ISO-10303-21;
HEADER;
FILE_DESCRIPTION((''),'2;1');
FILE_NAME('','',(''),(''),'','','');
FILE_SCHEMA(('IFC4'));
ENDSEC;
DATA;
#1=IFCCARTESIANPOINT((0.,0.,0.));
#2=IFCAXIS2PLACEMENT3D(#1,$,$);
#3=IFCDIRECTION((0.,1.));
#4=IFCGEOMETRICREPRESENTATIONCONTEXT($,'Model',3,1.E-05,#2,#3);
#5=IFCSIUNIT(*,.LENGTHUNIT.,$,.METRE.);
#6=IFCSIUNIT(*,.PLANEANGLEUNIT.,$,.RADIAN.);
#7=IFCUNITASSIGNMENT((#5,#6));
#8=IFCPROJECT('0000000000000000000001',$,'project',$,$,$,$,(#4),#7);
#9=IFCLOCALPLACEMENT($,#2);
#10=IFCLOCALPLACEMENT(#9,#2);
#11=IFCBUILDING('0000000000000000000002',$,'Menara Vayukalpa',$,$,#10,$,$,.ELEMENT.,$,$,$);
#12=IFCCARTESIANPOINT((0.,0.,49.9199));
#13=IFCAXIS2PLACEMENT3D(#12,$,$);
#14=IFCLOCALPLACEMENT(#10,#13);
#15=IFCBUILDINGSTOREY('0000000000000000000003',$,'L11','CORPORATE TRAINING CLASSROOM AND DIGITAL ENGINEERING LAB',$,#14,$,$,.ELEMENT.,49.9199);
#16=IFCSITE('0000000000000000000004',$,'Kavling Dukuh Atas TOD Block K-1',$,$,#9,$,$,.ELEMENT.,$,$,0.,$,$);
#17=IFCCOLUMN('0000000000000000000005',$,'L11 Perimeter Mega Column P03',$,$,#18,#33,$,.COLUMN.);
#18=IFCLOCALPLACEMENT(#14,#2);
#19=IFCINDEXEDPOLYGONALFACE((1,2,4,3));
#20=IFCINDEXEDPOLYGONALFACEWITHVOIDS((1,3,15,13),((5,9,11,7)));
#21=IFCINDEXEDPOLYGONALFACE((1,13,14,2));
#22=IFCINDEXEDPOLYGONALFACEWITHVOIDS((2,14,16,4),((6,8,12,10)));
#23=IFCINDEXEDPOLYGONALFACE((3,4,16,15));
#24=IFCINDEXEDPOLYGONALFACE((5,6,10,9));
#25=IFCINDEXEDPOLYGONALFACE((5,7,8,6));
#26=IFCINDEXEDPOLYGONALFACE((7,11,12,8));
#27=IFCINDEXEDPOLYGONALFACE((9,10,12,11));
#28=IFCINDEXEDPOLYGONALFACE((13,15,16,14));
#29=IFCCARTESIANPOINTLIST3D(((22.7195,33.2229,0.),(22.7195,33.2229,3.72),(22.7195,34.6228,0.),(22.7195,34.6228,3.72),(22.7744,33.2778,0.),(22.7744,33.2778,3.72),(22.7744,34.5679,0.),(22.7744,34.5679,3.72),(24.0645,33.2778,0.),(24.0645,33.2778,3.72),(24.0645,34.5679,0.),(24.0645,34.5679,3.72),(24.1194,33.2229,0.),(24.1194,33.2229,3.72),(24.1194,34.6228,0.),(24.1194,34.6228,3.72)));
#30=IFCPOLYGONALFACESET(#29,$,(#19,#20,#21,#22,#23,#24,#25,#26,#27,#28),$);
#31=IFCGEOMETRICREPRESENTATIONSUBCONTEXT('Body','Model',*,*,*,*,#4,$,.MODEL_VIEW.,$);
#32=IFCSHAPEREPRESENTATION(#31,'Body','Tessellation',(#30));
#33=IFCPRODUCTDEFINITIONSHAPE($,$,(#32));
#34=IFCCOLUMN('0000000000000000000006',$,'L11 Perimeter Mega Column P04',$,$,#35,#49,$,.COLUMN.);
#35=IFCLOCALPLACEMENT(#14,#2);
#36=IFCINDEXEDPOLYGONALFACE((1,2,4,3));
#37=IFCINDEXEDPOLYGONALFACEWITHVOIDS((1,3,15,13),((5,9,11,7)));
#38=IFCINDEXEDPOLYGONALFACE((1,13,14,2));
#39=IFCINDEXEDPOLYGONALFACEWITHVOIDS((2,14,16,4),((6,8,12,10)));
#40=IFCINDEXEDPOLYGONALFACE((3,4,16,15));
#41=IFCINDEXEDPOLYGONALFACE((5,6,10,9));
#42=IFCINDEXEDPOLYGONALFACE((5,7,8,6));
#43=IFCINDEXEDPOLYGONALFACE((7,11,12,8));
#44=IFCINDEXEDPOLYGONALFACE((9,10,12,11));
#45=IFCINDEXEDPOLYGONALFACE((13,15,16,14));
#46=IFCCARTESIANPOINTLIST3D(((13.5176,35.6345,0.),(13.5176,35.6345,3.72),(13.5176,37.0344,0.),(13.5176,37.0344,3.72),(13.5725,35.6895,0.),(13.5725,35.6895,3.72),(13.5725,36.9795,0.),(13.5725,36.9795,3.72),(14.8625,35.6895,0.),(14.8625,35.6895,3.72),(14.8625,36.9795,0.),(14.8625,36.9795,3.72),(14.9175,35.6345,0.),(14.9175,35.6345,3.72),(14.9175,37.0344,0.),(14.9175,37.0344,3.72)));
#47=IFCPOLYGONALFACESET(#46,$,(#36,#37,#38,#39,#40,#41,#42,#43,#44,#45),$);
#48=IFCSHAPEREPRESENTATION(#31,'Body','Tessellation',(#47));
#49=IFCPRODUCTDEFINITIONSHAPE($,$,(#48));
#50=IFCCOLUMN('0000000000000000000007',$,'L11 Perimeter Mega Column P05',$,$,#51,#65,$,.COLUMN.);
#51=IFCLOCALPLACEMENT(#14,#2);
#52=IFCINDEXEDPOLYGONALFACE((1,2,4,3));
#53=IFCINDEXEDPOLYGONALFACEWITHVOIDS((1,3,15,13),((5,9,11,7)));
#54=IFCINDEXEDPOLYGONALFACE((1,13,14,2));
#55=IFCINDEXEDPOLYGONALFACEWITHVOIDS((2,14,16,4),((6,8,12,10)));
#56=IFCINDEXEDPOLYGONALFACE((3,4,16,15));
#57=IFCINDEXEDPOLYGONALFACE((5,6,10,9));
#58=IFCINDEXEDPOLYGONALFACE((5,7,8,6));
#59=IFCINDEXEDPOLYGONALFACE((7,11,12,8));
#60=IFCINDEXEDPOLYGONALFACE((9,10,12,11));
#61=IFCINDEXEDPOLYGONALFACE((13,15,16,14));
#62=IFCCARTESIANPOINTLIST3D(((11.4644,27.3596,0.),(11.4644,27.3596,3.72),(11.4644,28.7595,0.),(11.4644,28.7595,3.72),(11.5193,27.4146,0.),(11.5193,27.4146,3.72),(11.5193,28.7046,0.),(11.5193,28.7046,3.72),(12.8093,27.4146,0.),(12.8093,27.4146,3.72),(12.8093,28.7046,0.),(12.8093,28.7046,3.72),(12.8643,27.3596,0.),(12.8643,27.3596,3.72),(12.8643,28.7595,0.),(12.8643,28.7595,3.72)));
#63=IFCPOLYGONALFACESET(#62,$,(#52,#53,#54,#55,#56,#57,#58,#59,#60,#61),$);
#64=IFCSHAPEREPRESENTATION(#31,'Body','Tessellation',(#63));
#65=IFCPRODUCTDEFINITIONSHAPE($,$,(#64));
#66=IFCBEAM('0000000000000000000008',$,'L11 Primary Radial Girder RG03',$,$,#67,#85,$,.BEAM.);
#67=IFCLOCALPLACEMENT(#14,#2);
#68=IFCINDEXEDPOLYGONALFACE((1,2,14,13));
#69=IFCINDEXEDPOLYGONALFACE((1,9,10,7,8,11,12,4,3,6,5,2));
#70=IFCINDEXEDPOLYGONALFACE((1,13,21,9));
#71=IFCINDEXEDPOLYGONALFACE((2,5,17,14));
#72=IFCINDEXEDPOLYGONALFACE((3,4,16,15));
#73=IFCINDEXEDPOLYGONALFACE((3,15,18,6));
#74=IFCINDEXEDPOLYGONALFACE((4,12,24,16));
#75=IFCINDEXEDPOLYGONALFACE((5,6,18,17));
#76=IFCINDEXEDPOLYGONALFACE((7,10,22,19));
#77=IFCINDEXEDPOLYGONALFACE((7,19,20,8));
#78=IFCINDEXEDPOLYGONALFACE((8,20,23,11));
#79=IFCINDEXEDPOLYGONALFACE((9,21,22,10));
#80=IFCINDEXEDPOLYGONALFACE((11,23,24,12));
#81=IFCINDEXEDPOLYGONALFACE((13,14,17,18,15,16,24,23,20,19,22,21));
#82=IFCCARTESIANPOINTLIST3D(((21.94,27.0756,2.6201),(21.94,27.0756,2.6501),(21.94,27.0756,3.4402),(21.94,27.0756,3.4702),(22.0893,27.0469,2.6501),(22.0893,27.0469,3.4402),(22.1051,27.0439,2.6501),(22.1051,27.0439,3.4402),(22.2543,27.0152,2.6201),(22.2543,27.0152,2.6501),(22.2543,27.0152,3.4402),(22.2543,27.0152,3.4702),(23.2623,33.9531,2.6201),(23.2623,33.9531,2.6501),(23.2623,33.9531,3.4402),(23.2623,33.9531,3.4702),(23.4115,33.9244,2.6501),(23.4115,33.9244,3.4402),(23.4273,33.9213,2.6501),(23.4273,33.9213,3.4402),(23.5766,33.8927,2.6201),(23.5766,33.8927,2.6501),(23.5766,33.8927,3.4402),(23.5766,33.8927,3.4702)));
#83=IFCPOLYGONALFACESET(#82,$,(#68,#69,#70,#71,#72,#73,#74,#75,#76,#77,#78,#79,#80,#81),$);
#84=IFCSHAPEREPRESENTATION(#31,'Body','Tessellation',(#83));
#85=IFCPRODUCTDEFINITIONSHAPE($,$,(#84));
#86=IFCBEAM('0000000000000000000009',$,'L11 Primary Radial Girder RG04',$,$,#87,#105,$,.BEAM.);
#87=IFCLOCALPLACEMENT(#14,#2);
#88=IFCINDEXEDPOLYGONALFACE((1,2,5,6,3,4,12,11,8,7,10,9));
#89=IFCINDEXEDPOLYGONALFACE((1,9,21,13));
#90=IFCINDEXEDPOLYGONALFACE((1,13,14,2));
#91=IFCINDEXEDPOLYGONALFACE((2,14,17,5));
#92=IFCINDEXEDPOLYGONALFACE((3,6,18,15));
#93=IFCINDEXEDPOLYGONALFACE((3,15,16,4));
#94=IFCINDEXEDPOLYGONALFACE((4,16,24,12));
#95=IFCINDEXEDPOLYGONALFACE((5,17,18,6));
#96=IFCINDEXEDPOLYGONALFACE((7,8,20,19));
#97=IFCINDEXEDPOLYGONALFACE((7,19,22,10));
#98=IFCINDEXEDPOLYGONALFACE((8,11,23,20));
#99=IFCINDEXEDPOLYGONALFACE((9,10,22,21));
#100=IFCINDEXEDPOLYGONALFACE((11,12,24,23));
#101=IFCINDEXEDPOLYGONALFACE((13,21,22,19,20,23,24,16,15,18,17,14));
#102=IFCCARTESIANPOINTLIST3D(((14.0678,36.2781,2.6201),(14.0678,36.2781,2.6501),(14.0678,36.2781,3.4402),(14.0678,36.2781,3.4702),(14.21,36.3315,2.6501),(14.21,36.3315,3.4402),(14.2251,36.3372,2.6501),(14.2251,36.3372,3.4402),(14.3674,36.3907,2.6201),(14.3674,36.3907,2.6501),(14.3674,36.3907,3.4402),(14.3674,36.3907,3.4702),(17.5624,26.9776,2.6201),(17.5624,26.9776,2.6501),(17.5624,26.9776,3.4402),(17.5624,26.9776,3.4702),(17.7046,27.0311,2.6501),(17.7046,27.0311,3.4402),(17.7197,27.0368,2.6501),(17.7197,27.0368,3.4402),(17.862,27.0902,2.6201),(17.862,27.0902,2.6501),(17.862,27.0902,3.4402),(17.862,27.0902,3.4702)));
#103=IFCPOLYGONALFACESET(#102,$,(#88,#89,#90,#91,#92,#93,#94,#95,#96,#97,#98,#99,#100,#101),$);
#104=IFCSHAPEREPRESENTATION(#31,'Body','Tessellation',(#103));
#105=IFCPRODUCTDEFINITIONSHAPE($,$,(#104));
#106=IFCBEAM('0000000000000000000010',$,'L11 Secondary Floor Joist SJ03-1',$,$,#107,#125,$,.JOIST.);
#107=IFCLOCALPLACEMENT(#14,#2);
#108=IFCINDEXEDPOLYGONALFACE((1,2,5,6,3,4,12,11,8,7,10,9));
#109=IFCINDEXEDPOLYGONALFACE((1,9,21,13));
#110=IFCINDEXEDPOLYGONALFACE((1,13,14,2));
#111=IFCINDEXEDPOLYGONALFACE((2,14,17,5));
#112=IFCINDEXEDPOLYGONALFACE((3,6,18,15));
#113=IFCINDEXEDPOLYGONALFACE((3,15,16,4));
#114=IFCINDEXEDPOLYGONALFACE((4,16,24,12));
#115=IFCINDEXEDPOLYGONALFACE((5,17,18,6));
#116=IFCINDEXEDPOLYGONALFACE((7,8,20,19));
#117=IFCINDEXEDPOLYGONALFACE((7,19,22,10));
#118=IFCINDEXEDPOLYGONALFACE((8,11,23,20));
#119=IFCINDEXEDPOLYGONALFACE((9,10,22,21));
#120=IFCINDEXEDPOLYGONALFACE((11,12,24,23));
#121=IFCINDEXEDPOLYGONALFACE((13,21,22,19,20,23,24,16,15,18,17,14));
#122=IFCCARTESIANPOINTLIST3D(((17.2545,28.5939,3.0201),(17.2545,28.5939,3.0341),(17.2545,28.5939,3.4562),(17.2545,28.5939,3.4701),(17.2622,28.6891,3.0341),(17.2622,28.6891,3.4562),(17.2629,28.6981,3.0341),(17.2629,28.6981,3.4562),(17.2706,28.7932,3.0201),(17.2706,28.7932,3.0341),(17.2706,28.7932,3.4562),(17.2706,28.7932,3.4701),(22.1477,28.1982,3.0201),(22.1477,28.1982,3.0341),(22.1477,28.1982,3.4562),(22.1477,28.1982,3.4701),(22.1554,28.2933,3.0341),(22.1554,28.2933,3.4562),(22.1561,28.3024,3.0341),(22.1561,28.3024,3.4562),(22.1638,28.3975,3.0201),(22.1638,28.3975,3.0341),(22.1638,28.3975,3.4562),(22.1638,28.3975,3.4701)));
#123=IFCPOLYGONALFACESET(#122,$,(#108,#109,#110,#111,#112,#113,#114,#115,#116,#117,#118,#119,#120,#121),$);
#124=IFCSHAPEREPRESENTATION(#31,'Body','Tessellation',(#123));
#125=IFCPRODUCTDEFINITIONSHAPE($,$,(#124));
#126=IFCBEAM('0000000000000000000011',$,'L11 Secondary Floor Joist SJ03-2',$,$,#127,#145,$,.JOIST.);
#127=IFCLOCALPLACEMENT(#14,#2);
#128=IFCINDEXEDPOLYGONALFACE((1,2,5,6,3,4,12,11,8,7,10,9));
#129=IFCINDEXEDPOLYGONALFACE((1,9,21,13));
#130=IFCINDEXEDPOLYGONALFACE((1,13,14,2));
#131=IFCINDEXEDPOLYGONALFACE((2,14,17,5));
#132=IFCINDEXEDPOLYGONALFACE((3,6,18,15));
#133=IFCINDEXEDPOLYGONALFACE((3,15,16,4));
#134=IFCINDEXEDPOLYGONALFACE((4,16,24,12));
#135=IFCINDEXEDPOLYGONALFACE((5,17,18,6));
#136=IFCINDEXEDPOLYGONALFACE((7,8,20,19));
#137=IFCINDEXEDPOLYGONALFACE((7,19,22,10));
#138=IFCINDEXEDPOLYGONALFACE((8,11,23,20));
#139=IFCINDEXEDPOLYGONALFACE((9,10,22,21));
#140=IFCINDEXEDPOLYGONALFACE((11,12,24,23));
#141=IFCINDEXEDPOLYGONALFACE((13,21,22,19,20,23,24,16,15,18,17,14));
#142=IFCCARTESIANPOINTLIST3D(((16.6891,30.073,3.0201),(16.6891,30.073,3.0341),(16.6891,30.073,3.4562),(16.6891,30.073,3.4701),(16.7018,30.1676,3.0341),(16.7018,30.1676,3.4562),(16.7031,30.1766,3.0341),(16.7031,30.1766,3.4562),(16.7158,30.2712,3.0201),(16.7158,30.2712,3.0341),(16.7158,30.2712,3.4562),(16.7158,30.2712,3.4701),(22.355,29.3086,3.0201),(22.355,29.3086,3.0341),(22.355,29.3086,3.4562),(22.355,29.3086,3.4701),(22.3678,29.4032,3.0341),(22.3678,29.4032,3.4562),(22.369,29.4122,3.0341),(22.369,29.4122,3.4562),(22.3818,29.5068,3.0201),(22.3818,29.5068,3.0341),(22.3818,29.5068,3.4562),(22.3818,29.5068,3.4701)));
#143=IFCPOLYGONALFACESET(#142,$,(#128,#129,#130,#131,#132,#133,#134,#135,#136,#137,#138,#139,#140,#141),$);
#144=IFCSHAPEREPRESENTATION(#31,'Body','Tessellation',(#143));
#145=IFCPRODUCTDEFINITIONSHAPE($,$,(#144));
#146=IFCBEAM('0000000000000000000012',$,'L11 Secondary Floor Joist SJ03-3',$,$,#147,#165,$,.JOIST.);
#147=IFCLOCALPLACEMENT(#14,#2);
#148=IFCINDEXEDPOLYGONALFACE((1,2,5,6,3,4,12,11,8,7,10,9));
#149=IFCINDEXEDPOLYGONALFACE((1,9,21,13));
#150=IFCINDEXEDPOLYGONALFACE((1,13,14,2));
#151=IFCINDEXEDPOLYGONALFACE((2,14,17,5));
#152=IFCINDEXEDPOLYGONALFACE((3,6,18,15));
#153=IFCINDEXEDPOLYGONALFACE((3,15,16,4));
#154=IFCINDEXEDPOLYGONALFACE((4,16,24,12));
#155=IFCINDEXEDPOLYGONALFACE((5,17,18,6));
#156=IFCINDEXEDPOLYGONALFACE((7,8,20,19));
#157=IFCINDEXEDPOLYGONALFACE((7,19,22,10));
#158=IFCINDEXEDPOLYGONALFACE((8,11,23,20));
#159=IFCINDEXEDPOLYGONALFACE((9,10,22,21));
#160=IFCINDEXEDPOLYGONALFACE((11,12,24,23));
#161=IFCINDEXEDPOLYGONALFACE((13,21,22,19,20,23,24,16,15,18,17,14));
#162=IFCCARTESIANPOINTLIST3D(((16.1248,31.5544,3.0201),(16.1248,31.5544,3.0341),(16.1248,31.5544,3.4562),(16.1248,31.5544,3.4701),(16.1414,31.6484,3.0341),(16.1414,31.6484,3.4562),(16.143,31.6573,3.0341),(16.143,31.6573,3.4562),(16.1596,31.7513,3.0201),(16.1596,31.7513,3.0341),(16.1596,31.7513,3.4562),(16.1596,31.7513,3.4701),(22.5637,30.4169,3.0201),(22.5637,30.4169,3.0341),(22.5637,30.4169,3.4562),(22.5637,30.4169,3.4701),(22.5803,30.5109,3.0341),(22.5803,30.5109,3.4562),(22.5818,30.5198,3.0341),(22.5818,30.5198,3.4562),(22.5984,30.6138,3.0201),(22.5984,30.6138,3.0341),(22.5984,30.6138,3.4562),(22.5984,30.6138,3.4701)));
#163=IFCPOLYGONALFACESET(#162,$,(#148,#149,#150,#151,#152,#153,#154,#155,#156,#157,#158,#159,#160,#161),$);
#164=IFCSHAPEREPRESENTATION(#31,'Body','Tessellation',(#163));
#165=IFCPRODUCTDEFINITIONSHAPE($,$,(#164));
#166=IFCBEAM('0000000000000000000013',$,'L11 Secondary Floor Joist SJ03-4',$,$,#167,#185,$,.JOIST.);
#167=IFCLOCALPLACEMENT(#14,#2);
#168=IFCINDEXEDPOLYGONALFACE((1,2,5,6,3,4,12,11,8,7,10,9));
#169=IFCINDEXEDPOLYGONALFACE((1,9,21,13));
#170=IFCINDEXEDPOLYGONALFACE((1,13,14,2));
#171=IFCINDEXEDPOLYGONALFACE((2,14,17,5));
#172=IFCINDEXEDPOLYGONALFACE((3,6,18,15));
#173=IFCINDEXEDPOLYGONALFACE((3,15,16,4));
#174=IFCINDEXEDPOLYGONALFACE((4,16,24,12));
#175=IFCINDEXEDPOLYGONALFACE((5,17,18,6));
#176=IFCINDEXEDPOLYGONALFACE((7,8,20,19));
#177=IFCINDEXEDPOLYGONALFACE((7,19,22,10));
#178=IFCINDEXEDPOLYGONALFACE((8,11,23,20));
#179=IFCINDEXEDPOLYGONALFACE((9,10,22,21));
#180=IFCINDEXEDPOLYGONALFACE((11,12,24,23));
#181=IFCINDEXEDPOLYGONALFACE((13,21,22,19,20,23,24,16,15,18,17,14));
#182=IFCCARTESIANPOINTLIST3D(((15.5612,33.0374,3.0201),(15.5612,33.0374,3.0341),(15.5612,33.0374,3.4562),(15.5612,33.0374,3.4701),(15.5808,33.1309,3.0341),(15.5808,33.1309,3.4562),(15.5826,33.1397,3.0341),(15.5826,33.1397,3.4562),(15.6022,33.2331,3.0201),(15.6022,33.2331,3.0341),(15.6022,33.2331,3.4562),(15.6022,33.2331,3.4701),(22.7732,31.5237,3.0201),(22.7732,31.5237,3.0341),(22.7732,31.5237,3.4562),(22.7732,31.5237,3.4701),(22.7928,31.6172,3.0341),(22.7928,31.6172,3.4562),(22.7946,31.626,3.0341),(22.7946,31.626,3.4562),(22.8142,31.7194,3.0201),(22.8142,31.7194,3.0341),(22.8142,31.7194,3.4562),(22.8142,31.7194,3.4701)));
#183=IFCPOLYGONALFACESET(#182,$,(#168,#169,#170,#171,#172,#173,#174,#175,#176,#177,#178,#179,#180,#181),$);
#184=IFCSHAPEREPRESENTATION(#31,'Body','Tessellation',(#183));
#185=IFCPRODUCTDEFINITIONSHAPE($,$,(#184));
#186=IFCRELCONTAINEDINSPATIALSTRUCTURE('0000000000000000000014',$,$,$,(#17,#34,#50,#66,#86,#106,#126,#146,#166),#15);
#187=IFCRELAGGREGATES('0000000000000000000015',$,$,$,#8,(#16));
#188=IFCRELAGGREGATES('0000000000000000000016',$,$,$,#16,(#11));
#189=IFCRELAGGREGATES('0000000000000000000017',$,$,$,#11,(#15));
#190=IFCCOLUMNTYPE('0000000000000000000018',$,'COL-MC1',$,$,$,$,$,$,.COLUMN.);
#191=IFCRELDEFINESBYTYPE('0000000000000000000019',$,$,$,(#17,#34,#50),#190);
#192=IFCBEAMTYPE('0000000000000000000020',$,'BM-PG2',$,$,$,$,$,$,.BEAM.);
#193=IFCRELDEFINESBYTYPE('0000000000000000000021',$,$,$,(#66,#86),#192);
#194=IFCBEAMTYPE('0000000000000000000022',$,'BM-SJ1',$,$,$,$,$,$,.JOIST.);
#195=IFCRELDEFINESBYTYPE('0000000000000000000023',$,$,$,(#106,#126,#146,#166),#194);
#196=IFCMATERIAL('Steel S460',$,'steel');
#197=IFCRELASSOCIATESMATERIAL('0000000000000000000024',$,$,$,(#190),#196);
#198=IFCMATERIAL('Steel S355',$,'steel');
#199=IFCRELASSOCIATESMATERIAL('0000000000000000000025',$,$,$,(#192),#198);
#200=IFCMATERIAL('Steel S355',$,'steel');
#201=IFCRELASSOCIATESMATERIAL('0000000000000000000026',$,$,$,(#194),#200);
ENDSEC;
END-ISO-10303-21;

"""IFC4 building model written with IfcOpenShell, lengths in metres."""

from ifc_helpers import new_model, si_unit, direction, frame, origin, origin_2d, place, context, subcontext, project, spatial, hollow_rectangle, i_section, extrude, material, material_profile, profile_set, type_object, element, save


model = new_model("IFC4")

# Units and contexts
model_context = context("Model", 3, precision=1e-05, world=origin(), true_north=direction((0.0, 1.0)))
body_context = subcontext(model_context, "Body", "Model", "MODEL_VIEW")
ifc_project = project(units=[si_unit("LENGTHUNIT", "METRE"), si_unit("PLANEANGLEUNIT", "RADIAN")], contexts=[model_context])

# Site, building, storey
site_placement = place(None, origin())
site = spatial("IfcSite", under=ifc_project, at=site_placement, Name="Kavling Dukuh Atas TOD Block K-1", CompositionType="ELEMENT", RefElevation=0.0)
building_placement = place(site_placement, origin())
building = spatial("IfcBuilding", under=site, at=building_placement, Name="Menara Vayukalpa", CompositionType="ELEMENT")
storey_placement = place(building_placement, frame((0.0, 0.0, 49.9199)))
storey = spatial("IfcBuildingStorey", under=building, at=storey_placement, Name="L11", Description="CORPORATE TRAINING CLASSROOM AND DIGITAL ENGINEERING LAB", CompositionType="ELEMENT", Elevation=49.9199)

# Columns
ifc_material_1 = material(Name="Steel S460", Category="steel")
ifc_material_profile_1 = material_profile(ifc_material_1, hollow_rectangle(XDim=1.3999, YDim=1.3999, WallThickness=0.0549, at=origin_2d()), Name="BOX 1400x1400x55")
ifc_profile_set_1 = profile_set([ifc_material_profile_1], Name="Steel S460")
column_type = type_object("IfcColumnType", Name="COL-MC1", PredefinedType="COLUMN", material=ifc_profile_set_1)
for number, where, z_axis, x_axis, name in (
    (1, (23.4194, 33.9229, 0.0), (0.0, 0.0, 1.0), (1.0, 0.0, 0.0), "L11 Perimeter Mega Column P03"),
    (2, (14.2175, 36.3345, 0.0), (0.0, 0.0, 1.0), (1.0, 0.0, 0.0), "L11 Perimeter Mega Column P04"),
    (3, (12.1643, 28.0596, 0.0), (0.0, 0.0, 1.0), (1.0, 0.0, 0.0), "L11 Perimeter Mega Column P05"),
):
    element("IfcColumn", number, at=place(storey_placement, frame(where, z_axis=z_axis, x_axis=x_axis)), inside=storey, type_object=column_type, Name=name, PredefinedType="COLUMN", context=body_context, shape_type="SweptSolid", body=[
        extrude(hollow_rectangle(XDim=1.3999, YDim=1.3999, WallThickness=0.0549, at=origin_2d()), origin(), (0.0, 0.0, 1.0), 3.72),
    ])

# Beams
ifc_material_2 = material(Name="Steel S355", Category="steel")
ifc_material_profile_2 = material_profile(ifc_material_2, i_section(OverallWidth=0.3201, OverallDepth=0.8501, WebThickness=0.0161, FlangeThickness=0.03, at=origin_2d()), Name="WF 850x320x16x30")
ifc_profile_set_2 = profile_set([ifc_material_profile_2], Name="Steel S355")
beam_type_1 = type_object("IfcBeamType", Name="BM-PG2", PredefinedType="BEAM", material=ifc_profile_set_2)
beam_1_placement = place(storey_placement, frame((22.0972, 27.0454, 3.0452), z_axis=(0.188803, 0.982015, 0.0), x_axis=(-0.982015, 0.188803, 0.0)))
element("IfcBeam", 4, at=beam_1_placement, inside=storey, type_object=beam_type_1, Name="L11 Primary Radial Girder RG03", PredefinedType="BEAM", context=body_context, shape_type="SweptSolid", body=[
    extrude(i_section(OverallWidth=0.3201, OverallDepth=0.8501, WebThickness=0.0161, FlangeThickness=0.03, at=origin_2d()), origin(), (0.0, 0.0, 1.0), 7.0034),
])
beam_2_placement = place(storey_placement, frame((17.7122, 27.0339, 3.0452), z_axis=(-0.351735, 0.9361, 0.0), x_axis=(-0.9361, -0.351735, 0.0)))
element("IfcBeam", 5, at=beam_2_placement, inside=storey, type_object=beam_type_1, Name="L11 Primary Radial Girder RG04", PredefinedType="BEAM", context=body_context, shape_type="SweptSolid", body=[
    extrude(i_section(OverallWidth=0.3201, OverallDepth=0.8501, WebThickness=0.0161, FlangeThickness=0.03, at=origin_2d()), origin(), (0.0, 0.0, 1.0), 9.9353),
])
ifc_material_3 = material(Name="Steel S355", Category="steel")
ifc_material_profile_3 = material_profile(ifc_material_3, i_section(OverallWidth=0.2, OverallDepth=0.45, WebThickness=0.009, FlangeThickness=0.0139, at=origin_2d()), Name="WF 450x200x9x14")
ifc_profile_set_3 = profile_set([ifc_material_profile_3], Name="Steel S355")
beam_type_2 = type_object("IfcBeamType", Name="BM-SJ1", PredefinedType="JOIST", material=ifc_profile_set_3)
beam_3_placement = place(storey_placement, frame((22.1558, 28.2979, 3.2451), z_axis=(-0.996745, 0.080613, 0.0), x_axis=(-0.080613, -0.996745, 0.0)))
element("IfcBeam", 6, at=beam_3_placement, inside=storey, type_object=beam_type_2, Name="L11 Secondary Floor Joist SJ03-1", PredefinedType="JOIST", context=body_context, shape_type="SweptSolid", body=[
    extrude(i_section(OverallWidth=0.2, OverallDepth=0.45, WebThickness=0.009, FlangeThickness=0.0139, at=origin_2d()), origin(), (0.0, 0.0, 1.0), 4.9092),
])
beam_4_placement = place(storey_placement, frame((22.3684, 29.4077, 3.2451), z_axis=(-0.991022, 0.133699, 0.0), x_axis=(-0.133699, -0.991022, 0.0)))
element("IfcBeam", 7, at=beam_4_placement, inside=storey, type_object=beam_type_2, Name="L11 Secondary Floor Joist SJ03-2", PredefinedType="JOIST", context=body_context, shape_type="SweptSolid", body=[
    extrude(i_section(OverallWidth=0.2, OverallDepth=0.45, WebThickness=0.009, FlangeThickness=0.0139, at=origin_2d()), origin(), (0.0, 0.0, 1.0), 5.7173),
])
beam_5_placement = place(storey_placement, frame((22.5811, 30.5154, 3.2451), z_axis=(-0.984753, 0.173958, 0.0), x_axis=(-0.173958, -0.984753, 0.0)))
element("IfcBeam", 8, at=beam_5_placement, inside=storey, type_object=beam_type_2, Name="L11 Secondary Floor Joist SJ03-3", PredefinedType="JOIST", context=body_context, shape_type="SweptSolid", body=[
    extrude(i_section(OverallWidth=0.2, OverallDepth=0.45, WebThickness=0.009, FlangeThickness=0.0139, at=origin_2d()), origin(), (0.0, 0.0, 1.0), 6.5386),
])
beam_6_placement = place(storey_placement, frame((22.7937, 31.6216, 3.2451), z_axis=(-0.978676, 0.205409, 0.0), x_axis=(-0.205409, -0.978676, 0.0)))
element("IfcBeam", 9, at=beam_6_placement, inside=storey, type_object=beam_type_2, Name="L11 Secondary Floor Joist SJ03-4", PredefinedType="JOIST", context=body_context, shape_type="SweptSolid", body=[
    extrude(i_section(OverallWidth=0.2, OverallDepth=0.45, WebThickness=0.009, FlangeThickness=0.0139, at=origin_2d()), origin(), (0.0, 0.0, 1.0), 7.3691),
])

save(model, "model.ifc")
